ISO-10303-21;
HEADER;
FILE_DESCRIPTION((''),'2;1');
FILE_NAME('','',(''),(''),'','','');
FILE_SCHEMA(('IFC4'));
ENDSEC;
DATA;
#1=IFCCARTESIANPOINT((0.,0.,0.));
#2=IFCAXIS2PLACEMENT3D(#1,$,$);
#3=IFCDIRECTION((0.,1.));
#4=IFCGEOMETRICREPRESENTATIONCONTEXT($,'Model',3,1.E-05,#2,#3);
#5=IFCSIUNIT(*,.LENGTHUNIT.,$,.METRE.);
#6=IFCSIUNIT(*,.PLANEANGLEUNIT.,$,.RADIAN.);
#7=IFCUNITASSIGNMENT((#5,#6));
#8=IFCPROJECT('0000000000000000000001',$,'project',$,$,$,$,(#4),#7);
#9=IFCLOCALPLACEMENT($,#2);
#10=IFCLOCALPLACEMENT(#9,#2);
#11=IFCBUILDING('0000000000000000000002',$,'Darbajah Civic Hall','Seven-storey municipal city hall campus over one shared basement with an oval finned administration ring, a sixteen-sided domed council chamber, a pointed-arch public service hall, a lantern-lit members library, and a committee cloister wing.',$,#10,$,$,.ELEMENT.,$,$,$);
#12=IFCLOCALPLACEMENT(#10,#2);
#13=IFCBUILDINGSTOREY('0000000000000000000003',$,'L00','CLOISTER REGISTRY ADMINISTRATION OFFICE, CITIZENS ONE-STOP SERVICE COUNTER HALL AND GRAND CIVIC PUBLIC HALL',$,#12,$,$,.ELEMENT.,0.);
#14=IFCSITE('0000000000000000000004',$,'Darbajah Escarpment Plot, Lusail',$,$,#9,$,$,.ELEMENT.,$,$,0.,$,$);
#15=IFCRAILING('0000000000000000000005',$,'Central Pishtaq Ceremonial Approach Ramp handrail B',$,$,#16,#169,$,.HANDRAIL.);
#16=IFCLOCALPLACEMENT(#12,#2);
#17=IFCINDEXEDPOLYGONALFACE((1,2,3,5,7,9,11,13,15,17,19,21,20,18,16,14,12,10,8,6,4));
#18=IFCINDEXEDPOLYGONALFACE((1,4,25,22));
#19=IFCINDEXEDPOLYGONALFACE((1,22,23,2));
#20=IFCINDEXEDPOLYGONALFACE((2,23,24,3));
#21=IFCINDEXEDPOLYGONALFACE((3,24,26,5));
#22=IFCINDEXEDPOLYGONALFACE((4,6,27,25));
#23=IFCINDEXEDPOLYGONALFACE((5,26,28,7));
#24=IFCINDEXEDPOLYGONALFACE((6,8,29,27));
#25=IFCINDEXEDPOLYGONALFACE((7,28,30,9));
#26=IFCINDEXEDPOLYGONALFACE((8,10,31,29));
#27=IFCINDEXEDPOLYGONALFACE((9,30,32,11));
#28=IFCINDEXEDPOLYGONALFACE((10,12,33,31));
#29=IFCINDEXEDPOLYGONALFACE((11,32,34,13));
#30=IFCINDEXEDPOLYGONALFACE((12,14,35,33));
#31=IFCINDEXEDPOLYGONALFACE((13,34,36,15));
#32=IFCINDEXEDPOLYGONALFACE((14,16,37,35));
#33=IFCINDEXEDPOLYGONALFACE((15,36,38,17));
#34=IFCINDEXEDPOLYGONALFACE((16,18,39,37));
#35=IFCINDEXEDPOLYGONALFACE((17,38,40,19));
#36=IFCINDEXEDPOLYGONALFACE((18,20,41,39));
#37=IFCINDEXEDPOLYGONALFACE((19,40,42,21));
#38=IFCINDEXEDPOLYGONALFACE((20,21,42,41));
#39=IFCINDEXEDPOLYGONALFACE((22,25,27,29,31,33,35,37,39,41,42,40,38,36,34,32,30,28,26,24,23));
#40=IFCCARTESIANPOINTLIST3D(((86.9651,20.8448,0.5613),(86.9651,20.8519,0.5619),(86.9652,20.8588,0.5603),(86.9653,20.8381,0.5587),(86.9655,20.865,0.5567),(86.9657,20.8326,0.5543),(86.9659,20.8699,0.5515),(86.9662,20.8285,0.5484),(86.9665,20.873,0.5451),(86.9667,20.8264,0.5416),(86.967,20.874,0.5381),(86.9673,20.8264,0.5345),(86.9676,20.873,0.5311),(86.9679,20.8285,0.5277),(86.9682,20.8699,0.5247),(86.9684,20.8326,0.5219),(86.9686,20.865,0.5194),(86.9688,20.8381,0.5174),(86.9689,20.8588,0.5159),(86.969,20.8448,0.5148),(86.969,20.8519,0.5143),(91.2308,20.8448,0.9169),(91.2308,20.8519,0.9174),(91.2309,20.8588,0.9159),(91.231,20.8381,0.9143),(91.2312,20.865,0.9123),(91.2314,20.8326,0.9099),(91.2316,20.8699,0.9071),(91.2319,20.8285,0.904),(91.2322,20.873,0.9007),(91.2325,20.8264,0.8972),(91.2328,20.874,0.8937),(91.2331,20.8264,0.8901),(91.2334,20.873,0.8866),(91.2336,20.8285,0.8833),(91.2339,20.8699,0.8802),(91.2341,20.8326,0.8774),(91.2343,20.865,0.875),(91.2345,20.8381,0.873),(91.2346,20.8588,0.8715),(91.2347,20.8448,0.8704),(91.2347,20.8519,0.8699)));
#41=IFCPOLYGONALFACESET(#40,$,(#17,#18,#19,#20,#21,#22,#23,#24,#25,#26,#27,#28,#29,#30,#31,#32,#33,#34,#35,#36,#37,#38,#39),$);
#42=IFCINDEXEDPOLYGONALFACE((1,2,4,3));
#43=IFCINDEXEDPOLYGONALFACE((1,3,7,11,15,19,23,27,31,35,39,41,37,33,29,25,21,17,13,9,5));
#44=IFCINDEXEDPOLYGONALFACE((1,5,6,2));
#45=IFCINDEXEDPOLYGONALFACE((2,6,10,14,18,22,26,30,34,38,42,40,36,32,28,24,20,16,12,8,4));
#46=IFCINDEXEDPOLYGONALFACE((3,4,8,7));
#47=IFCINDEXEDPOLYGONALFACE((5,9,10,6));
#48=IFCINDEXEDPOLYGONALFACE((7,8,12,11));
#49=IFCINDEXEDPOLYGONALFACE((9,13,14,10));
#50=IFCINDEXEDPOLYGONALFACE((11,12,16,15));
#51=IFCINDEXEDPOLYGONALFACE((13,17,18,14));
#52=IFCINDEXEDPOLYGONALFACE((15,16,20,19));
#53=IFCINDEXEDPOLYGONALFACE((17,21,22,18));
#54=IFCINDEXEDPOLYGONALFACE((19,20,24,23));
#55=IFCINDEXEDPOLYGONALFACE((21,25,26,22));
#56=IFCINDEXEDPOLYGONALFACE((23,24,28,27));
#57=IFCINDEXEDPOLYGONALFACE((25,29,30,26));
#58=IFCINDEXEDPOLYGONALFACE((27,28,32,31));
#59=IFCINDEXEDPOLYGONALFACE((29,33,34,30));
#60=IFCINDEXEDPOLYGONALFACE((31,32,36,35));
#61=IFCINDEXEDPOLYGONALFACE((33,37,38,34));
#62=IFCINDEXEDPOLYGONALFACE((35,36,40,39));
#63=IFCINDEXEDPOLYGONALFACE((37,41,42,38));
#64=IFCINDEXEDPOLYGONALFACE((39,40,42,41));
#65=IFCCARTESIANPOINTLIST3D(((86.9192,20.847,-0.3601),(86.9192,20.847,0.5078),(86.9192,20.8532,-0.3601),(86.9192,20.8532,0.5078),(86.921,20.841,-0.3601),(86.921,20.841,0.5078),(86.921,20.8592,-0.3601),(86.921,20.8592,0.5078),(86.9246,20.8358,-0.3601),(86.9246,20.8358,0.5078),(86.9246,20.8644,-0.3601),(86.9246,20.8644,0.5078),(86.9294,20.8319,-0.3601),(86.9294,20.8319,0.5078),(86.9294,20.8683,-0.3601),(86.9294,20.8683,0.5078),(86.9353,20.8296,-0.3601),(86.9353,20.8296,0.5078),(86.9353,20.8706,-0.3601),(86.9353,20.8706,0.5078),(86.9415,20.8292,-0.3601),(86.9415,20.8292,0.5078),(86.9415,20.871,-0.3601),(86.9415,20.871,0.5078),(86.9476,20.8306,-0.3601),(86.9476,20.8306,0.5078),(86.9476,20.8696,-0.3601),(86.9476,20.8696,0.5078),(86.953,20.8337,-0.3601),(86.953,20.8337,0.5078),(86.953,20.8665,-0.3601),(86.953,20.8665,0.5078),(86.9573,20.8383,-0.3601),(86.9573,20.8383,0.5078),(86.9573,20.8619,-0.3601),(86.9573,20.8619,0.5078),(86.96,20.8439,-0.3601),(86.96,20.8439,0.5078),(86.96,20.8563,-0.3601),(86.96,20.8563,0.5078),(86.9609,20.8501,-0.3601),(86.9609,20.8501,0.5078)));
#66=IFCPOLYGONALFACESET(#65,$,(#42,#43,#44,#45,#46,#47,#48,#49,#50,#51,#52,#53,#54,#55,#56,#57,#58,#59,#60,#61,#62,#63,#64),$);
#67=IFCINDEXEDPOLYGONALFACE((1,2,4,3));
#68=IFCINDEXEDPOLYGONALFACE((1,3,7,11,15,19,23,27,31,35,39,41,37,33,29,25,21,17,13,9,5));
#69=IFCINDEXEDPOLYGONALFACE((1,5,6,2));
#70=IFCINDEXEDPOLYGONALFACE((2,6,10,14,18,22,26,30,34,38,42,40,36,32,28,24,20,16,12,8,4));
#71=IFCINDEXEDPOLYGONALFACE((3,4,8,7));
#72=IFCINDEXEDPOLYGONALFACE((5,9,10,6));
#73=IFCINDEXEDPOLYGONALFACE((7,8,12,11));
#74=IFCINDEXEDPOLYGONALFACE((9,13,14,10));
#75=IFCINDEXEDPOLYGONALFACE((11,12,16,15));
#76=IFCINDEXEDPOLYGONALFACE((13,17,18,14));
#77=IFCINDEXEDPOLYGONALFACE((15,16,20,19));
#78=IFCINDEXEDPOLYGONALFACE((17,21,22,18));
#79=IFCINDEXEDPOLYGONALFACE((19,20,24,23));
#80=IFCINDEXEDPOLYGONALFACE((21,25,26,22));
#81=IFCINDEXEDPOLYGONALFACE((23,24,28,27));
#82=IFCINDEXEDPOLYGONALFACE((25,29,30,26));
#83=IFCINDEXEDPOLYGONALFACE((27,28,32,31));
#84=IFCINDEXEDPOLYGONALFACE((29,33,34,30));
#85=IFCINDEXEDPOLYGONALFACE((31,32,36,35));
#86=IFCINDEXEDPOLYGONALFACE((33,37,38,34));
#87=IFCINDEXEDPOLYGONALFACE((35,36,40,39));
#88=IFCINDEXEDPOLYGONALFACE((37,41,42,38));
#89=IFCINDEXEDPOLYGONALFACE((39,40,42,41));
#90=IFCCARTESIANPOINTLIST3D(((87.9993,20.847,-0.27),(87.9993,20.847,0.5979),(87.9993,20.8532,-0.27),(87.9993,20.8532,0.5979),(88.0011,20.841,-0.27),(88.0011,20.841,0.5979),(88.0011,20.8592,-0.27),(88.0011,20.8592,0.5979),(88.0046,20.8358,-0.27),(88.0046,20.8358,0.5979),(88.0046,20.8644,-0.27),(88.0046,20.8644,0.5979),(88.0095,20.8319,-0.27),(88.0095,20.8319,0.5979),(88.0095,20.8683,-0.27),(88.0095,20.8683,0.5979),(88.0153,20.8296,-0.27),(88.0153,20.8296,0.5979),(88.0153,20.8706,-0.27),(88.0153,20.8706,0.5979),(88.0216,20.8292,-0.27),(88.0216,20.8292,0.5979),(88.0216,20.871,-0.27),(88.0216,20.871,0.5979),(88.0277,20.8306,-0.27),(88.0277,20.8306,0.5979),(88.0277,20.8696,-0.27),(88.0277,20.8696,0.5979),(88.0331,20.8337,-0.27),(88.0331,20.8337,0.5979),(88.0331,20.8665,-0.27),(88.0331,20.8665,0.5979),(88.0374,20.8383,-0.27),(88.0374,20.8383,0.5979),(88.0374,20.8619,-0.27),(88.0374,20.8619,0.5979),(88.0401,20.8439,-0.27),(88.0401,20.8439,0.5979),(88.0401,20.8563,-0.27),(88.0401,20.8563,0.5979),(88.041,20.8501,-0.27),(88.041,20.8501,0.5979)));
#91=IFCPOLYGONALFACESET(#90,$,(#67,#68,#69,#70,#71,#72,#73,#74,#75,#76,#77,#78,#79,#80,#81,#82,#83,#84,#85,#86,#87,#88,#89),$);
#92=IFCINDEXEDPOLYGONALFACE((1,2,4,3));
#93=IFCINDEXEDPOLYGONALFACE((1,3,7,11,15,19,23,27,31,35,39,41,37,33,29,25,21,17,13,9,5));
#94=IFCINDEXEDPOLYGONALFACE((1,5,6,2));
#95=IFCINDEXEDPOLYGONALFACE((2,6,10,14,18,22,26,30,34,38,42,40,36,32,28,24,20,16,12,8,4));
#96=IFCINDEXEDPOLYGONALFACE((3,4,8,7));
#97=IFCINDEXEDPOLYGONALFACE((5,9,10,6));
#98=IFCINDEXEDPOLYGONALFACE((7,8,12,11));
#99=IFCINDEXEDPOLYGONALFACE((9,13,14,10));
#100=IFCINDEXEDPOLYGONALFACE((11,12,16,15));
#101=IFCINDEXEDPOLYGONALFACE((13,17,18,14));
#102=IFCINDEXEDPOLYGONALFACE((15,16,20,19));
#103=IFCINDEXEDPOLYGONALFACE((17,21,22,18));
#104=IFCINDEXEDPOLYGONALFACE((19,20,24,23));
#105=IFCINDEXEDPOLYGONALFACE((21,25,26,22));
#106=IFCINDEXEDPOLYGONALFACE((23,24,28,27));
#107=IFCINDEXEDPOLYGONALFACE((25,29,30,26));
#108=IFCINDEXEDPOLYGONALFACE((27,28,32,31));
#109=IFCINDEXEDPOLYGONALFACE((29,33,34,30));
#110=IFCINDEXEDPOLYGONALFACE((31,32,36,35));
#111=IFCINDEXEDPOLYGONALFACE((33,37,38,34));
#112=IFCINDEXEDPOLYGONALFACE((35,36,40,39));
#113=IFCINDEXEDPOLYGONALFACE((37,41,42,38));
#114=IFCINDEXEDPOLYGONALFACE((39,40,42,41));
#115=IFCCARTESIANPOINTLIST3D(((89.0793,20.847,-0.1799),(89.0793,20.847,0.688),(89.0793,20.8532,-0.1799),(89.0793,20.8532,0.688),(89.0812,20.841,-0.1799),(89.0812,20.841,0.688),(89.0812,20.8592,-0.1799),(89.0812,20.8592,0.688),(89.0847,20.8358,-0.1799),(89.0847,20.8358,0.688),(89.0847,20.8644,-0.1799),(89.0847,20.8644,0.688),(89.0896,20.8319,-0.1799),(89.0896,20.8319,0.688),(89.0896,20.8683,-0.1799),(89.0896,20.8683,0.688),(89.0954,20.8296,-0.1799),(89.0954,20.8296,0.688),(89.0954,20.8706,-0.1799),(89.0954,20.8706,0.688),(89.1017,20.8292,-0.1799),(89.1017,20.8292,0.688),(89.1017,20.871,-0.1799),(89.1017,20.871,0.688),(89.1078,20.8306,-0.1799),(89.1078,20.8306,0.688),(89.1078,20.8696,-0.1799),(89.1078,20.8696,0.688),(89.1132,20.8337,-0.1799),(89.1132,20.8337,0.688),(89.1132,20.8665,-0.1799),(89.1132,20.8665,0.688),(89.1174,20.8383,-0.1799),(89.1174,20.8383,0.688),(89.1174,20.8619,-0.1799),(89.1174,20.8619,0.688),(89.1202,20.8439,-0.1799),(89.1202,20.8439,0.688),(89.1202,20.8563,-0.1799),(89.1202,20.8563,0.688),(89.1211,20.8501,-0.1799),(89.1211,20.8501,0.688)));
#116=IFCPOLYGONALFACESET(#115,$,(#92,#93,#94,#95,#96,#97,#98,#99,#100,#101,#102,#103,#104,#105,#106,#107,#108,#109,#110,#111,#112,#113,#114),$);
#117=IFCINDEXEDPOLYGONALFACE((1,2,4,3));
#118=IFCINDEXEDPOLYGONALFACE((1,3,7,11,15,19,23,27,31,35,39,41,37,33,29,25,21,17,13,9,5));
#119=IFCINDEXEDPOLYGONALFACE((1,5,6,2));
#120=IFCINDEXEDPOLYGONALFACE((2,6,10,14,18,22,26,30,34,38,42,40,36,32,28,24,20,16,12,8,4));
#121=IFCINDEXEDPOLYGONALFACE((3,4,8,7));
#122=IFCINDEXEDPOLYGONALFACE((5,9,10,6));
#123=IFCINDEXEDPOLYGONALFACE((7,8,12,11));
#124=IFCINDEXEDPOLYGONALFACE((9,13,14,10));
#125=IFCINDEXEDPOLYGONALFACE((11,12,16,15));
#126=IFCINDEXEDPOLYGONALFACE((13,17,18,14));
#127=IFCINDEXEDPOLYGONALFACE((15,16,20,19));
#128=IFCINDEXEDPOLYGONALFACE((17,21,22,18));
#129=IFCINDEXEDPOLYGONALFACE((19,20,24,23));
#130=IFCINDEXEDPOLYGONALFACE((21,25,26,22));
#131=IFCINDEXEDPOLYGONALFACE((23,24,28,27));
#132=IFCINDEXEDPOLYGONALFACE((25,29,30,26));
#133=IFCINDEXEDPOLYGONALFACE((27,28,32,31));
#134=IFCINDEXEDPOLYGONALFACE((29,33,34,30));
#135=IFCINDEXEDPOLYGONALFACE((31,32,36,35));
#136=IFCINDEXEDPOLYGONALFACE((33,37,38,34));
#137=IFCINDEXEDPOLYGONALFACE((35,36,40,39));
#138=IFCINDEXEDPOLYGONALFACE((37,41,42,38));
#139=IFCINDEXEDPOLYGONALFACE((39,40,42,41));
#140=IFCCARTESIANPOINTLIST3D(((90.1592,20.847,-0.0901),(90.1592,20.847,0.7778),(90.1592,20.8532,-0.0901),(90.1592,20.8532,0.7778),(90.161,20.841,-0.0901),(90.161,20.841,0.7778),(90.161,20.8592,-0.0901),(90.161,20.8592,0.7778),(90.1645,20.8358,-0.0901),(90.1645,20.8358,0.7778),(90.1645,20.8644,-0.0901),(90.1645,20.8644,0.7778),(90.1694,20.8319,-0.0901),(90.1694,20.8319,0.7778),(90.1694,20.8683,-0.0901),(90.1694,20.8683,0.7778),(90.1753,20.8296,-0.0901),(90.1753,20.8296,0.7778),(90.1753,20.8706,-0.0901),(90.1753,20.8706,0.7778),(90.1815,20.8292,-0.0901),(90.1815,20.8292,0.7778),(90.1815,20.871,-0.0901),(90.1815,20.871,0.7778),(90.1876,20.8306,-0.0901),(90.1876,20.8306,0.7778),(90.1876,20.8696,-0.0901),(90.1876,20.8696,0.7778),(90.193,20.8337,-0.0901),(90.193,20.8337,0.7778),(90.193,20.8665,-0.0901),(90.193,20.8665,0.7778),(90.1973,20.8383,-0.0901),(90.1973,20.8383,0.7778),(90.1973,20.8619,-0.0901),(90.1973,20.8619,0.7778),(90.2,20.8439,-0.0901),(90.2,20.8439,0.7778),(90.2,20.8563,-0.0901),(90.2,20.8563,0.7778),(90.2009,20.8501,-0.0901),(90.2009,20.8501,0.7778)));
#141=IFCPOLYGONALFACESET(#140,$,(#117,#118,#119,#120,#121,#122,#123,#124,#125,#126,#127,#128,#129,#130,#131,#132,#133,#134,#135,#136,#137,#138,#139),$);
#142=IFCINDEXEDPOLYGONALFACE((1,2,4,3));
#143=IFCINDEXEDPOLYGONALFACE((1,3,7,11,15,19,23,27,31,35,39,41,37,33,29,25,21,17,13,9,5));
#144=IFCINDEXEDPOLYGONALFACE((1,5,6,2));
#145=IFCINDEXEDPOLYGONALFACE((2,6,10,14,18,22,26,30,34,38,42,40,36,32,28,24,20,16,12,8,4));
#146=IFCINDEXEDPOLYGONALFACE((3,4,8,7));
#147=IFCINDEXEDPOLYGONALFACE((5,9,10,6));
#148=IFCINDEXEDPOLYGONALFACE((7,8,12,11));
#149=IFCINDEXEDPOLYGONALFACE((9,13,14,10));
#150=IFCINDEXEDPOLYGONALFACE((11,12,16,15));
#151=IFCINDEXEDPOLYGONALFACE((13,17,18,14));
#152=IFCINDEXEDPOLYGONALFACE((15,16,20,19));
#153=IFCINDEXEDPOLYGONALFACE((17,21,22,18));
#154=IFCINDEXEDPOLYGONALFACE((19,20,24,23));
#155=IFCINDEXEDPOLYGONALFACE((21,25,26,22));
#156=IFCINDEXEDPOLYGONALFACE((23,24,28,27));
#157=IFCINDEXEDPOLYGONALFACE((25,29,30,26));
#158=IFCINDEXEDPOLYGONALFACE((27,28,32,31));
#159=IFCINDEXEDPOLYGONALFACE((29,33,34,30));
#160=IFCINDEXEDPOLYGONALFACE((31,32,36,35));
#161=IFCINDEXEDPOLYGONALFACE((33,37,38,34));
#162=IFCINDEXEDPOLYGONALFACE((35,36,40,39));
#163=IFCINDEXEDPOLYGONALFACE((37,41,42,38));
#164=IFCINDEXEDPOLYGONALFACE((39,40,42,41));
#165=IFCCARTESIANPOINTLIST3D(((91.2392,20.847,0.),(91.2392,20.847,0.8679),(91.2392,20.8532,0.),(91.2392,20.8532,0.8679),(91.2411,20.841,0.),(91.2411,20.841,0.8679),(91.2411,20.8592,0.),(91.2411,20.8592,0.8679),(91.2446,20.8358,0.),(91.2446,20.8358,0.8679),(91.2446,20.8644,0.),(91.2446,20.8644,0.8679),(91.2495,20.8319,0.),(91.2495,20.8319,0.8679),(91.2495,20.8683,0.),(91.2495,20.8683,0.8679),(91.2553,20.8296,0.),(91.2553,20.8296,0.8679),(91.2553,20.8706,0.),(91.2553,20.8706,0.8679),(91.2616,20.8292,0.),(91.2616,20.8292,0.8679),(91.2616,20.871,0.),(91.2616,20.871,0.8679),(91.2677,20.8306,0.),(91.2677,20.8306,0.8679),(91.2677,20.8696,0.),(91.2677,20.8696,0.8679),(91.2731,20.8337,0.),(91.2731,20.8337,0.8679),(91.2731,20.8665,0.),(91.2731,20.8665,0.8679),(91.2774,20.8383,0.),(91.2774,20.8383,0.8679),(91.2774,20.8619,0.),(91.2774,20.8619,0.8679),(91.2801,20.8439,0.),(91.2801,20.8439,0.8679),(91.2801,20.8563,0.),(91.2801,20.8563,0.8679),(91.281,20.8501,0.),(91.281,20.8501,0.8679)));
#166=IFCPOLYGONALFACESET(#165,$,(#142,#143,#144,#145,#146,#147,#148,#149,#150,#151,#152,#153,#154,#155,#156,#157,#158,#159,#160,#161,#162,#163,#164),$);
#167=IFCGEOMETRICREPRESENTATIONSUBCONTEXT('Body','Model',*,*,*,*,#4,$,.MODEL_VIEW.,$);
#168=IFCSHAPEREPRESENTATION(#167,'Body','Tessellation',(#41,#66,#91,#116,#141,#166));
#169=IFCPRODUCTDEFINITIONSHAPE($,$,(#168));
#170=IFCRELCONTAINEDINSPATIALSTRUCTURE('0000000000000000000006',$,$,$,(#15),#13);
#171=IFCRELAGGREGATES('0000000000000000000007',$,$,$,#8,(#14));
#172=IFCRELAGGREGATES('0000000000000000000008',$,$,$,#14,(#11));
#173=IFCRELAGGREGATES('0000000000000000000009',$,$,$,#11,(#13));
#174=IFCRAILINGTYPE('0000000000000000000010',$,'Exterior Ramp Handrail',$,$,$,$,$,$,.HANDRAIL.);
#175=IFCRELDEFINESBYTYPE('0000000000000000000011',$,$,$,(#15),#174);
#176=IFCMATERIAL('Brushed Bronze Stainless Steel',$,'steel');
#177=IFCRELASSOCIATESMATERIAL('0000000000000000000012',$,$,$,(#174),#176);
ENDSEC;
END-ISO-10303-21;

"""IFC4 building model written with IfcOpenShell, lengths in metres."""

from ifc_helpers import new_model, si_unit, direction, frame, origin, origin_2d, place, context, subcontext, project, spatial, circle, extrude, material, type_object, element, save


model = new_model("IFC4")

# Units and contexts
model_context = context("Model", 3, precision=1e-05, world=origin(), true_north=direction((0.0, 1.0)))
body_context = subcontext(model_context, "Body", "Model", "MODEL_VIEW")
ifc_project = project(units=[si_unit("LENGTHUNIT", "METRE"), si_unit("PLANEANGLEUNIT", "RADIAN")], contexts=[model_context])

# Site, building, storey
site_placement = place(None, origin())
site = spatial("IfcSite", under=ifc_project, at=site_placement, Name="Darbajah Escarpment Plot, Lusail", CompositionType="ELEMENT", RefElevation=0.0)
building_placement = place(site_placement, origin())
building = spatial("IfcBuilding", under=site, at=building_placement, Name="Darbajah Civic Hall", Description="Seven-storey municipal city hall campus over one shared basement with an oval finned administration ring, a sixteen-sided domed council chamber, a pointed-arch public service hall, a lantern-lit members library, and a committee cloister wing.", CompositionType="ELEMENT")
storey_placement = place(building_placement, origin())
storey = spatial("IfcBuildingStorey", under=building, at=storey_placement, Name="L00", Description="CLOISTER REGISTRY ADMINISTRATION OFFICE, CITIZENS ONE-STOP SERVICE COUNTER HALL AND GRAND CIVIC PUBLIC HALL", CompositionType="ELEMENT", Elevation=0.0)

# Railing
ifc_material_1 = material(Name="Brushed Bronze Stainless Steel", Category="steel")
railing_type = type_object("IfcRailingType", Name="Exterior Ramp Handrail", PredefinedType="HANDRAIL", material=ifc_material_1)
for number, where, name in (
    (1, (86.9399, 20.8501, -0.3601), "Central Pishtaq Ceremonial Approach Ramp handrail B"),
):
    element("IfcRailing", number, at=place(storey_placement, frame(where)), inside=storey, type_object=railing_type, Name=name, PredefinedType="HANDRAIL", context=body_context, shape_type="SweptSolid", body=[
        extrude(circle(Radius=0.0239, at=origin_2d()), frame((0.0271, 0.0, 0.8982), z_axis=(0.996544, 0.0, 0.083069), x_axis=(0.0, 1.0, 0.0)), (0.0, 0.0, 1.0), 4.2805),
        extrude(circle(Radius=0.021, at=origin_2d()), origin(), (0.0, 0.0, 1.0), 0.8679),
        extrude(circle(Radius=0.021, at=origin_2d()), frame((1.0801, 0.0, 0.0901)), (0.0, 0.0, 1.0), 0.8679),
        extrude(circle(Radius=0.021, at=origin_2d()), frame((2.1602, 0.0, 0.1802)), (0.0, 0.0, 1.0), 0.8679),
        extrude(circle(Radius=0.021, at=origin_2d()), frame((3.24, 0.0, 0.27)), (0.0, 0.0, 1.0), 0.8679),
        extrude(circle(Radius=0.021, at=origin_2d()), frame((4.3201, 0.0, 0.3601)), (0.0, 0.0, 1.0), 0.8679),
    ])

save(model, "model.ifc")
